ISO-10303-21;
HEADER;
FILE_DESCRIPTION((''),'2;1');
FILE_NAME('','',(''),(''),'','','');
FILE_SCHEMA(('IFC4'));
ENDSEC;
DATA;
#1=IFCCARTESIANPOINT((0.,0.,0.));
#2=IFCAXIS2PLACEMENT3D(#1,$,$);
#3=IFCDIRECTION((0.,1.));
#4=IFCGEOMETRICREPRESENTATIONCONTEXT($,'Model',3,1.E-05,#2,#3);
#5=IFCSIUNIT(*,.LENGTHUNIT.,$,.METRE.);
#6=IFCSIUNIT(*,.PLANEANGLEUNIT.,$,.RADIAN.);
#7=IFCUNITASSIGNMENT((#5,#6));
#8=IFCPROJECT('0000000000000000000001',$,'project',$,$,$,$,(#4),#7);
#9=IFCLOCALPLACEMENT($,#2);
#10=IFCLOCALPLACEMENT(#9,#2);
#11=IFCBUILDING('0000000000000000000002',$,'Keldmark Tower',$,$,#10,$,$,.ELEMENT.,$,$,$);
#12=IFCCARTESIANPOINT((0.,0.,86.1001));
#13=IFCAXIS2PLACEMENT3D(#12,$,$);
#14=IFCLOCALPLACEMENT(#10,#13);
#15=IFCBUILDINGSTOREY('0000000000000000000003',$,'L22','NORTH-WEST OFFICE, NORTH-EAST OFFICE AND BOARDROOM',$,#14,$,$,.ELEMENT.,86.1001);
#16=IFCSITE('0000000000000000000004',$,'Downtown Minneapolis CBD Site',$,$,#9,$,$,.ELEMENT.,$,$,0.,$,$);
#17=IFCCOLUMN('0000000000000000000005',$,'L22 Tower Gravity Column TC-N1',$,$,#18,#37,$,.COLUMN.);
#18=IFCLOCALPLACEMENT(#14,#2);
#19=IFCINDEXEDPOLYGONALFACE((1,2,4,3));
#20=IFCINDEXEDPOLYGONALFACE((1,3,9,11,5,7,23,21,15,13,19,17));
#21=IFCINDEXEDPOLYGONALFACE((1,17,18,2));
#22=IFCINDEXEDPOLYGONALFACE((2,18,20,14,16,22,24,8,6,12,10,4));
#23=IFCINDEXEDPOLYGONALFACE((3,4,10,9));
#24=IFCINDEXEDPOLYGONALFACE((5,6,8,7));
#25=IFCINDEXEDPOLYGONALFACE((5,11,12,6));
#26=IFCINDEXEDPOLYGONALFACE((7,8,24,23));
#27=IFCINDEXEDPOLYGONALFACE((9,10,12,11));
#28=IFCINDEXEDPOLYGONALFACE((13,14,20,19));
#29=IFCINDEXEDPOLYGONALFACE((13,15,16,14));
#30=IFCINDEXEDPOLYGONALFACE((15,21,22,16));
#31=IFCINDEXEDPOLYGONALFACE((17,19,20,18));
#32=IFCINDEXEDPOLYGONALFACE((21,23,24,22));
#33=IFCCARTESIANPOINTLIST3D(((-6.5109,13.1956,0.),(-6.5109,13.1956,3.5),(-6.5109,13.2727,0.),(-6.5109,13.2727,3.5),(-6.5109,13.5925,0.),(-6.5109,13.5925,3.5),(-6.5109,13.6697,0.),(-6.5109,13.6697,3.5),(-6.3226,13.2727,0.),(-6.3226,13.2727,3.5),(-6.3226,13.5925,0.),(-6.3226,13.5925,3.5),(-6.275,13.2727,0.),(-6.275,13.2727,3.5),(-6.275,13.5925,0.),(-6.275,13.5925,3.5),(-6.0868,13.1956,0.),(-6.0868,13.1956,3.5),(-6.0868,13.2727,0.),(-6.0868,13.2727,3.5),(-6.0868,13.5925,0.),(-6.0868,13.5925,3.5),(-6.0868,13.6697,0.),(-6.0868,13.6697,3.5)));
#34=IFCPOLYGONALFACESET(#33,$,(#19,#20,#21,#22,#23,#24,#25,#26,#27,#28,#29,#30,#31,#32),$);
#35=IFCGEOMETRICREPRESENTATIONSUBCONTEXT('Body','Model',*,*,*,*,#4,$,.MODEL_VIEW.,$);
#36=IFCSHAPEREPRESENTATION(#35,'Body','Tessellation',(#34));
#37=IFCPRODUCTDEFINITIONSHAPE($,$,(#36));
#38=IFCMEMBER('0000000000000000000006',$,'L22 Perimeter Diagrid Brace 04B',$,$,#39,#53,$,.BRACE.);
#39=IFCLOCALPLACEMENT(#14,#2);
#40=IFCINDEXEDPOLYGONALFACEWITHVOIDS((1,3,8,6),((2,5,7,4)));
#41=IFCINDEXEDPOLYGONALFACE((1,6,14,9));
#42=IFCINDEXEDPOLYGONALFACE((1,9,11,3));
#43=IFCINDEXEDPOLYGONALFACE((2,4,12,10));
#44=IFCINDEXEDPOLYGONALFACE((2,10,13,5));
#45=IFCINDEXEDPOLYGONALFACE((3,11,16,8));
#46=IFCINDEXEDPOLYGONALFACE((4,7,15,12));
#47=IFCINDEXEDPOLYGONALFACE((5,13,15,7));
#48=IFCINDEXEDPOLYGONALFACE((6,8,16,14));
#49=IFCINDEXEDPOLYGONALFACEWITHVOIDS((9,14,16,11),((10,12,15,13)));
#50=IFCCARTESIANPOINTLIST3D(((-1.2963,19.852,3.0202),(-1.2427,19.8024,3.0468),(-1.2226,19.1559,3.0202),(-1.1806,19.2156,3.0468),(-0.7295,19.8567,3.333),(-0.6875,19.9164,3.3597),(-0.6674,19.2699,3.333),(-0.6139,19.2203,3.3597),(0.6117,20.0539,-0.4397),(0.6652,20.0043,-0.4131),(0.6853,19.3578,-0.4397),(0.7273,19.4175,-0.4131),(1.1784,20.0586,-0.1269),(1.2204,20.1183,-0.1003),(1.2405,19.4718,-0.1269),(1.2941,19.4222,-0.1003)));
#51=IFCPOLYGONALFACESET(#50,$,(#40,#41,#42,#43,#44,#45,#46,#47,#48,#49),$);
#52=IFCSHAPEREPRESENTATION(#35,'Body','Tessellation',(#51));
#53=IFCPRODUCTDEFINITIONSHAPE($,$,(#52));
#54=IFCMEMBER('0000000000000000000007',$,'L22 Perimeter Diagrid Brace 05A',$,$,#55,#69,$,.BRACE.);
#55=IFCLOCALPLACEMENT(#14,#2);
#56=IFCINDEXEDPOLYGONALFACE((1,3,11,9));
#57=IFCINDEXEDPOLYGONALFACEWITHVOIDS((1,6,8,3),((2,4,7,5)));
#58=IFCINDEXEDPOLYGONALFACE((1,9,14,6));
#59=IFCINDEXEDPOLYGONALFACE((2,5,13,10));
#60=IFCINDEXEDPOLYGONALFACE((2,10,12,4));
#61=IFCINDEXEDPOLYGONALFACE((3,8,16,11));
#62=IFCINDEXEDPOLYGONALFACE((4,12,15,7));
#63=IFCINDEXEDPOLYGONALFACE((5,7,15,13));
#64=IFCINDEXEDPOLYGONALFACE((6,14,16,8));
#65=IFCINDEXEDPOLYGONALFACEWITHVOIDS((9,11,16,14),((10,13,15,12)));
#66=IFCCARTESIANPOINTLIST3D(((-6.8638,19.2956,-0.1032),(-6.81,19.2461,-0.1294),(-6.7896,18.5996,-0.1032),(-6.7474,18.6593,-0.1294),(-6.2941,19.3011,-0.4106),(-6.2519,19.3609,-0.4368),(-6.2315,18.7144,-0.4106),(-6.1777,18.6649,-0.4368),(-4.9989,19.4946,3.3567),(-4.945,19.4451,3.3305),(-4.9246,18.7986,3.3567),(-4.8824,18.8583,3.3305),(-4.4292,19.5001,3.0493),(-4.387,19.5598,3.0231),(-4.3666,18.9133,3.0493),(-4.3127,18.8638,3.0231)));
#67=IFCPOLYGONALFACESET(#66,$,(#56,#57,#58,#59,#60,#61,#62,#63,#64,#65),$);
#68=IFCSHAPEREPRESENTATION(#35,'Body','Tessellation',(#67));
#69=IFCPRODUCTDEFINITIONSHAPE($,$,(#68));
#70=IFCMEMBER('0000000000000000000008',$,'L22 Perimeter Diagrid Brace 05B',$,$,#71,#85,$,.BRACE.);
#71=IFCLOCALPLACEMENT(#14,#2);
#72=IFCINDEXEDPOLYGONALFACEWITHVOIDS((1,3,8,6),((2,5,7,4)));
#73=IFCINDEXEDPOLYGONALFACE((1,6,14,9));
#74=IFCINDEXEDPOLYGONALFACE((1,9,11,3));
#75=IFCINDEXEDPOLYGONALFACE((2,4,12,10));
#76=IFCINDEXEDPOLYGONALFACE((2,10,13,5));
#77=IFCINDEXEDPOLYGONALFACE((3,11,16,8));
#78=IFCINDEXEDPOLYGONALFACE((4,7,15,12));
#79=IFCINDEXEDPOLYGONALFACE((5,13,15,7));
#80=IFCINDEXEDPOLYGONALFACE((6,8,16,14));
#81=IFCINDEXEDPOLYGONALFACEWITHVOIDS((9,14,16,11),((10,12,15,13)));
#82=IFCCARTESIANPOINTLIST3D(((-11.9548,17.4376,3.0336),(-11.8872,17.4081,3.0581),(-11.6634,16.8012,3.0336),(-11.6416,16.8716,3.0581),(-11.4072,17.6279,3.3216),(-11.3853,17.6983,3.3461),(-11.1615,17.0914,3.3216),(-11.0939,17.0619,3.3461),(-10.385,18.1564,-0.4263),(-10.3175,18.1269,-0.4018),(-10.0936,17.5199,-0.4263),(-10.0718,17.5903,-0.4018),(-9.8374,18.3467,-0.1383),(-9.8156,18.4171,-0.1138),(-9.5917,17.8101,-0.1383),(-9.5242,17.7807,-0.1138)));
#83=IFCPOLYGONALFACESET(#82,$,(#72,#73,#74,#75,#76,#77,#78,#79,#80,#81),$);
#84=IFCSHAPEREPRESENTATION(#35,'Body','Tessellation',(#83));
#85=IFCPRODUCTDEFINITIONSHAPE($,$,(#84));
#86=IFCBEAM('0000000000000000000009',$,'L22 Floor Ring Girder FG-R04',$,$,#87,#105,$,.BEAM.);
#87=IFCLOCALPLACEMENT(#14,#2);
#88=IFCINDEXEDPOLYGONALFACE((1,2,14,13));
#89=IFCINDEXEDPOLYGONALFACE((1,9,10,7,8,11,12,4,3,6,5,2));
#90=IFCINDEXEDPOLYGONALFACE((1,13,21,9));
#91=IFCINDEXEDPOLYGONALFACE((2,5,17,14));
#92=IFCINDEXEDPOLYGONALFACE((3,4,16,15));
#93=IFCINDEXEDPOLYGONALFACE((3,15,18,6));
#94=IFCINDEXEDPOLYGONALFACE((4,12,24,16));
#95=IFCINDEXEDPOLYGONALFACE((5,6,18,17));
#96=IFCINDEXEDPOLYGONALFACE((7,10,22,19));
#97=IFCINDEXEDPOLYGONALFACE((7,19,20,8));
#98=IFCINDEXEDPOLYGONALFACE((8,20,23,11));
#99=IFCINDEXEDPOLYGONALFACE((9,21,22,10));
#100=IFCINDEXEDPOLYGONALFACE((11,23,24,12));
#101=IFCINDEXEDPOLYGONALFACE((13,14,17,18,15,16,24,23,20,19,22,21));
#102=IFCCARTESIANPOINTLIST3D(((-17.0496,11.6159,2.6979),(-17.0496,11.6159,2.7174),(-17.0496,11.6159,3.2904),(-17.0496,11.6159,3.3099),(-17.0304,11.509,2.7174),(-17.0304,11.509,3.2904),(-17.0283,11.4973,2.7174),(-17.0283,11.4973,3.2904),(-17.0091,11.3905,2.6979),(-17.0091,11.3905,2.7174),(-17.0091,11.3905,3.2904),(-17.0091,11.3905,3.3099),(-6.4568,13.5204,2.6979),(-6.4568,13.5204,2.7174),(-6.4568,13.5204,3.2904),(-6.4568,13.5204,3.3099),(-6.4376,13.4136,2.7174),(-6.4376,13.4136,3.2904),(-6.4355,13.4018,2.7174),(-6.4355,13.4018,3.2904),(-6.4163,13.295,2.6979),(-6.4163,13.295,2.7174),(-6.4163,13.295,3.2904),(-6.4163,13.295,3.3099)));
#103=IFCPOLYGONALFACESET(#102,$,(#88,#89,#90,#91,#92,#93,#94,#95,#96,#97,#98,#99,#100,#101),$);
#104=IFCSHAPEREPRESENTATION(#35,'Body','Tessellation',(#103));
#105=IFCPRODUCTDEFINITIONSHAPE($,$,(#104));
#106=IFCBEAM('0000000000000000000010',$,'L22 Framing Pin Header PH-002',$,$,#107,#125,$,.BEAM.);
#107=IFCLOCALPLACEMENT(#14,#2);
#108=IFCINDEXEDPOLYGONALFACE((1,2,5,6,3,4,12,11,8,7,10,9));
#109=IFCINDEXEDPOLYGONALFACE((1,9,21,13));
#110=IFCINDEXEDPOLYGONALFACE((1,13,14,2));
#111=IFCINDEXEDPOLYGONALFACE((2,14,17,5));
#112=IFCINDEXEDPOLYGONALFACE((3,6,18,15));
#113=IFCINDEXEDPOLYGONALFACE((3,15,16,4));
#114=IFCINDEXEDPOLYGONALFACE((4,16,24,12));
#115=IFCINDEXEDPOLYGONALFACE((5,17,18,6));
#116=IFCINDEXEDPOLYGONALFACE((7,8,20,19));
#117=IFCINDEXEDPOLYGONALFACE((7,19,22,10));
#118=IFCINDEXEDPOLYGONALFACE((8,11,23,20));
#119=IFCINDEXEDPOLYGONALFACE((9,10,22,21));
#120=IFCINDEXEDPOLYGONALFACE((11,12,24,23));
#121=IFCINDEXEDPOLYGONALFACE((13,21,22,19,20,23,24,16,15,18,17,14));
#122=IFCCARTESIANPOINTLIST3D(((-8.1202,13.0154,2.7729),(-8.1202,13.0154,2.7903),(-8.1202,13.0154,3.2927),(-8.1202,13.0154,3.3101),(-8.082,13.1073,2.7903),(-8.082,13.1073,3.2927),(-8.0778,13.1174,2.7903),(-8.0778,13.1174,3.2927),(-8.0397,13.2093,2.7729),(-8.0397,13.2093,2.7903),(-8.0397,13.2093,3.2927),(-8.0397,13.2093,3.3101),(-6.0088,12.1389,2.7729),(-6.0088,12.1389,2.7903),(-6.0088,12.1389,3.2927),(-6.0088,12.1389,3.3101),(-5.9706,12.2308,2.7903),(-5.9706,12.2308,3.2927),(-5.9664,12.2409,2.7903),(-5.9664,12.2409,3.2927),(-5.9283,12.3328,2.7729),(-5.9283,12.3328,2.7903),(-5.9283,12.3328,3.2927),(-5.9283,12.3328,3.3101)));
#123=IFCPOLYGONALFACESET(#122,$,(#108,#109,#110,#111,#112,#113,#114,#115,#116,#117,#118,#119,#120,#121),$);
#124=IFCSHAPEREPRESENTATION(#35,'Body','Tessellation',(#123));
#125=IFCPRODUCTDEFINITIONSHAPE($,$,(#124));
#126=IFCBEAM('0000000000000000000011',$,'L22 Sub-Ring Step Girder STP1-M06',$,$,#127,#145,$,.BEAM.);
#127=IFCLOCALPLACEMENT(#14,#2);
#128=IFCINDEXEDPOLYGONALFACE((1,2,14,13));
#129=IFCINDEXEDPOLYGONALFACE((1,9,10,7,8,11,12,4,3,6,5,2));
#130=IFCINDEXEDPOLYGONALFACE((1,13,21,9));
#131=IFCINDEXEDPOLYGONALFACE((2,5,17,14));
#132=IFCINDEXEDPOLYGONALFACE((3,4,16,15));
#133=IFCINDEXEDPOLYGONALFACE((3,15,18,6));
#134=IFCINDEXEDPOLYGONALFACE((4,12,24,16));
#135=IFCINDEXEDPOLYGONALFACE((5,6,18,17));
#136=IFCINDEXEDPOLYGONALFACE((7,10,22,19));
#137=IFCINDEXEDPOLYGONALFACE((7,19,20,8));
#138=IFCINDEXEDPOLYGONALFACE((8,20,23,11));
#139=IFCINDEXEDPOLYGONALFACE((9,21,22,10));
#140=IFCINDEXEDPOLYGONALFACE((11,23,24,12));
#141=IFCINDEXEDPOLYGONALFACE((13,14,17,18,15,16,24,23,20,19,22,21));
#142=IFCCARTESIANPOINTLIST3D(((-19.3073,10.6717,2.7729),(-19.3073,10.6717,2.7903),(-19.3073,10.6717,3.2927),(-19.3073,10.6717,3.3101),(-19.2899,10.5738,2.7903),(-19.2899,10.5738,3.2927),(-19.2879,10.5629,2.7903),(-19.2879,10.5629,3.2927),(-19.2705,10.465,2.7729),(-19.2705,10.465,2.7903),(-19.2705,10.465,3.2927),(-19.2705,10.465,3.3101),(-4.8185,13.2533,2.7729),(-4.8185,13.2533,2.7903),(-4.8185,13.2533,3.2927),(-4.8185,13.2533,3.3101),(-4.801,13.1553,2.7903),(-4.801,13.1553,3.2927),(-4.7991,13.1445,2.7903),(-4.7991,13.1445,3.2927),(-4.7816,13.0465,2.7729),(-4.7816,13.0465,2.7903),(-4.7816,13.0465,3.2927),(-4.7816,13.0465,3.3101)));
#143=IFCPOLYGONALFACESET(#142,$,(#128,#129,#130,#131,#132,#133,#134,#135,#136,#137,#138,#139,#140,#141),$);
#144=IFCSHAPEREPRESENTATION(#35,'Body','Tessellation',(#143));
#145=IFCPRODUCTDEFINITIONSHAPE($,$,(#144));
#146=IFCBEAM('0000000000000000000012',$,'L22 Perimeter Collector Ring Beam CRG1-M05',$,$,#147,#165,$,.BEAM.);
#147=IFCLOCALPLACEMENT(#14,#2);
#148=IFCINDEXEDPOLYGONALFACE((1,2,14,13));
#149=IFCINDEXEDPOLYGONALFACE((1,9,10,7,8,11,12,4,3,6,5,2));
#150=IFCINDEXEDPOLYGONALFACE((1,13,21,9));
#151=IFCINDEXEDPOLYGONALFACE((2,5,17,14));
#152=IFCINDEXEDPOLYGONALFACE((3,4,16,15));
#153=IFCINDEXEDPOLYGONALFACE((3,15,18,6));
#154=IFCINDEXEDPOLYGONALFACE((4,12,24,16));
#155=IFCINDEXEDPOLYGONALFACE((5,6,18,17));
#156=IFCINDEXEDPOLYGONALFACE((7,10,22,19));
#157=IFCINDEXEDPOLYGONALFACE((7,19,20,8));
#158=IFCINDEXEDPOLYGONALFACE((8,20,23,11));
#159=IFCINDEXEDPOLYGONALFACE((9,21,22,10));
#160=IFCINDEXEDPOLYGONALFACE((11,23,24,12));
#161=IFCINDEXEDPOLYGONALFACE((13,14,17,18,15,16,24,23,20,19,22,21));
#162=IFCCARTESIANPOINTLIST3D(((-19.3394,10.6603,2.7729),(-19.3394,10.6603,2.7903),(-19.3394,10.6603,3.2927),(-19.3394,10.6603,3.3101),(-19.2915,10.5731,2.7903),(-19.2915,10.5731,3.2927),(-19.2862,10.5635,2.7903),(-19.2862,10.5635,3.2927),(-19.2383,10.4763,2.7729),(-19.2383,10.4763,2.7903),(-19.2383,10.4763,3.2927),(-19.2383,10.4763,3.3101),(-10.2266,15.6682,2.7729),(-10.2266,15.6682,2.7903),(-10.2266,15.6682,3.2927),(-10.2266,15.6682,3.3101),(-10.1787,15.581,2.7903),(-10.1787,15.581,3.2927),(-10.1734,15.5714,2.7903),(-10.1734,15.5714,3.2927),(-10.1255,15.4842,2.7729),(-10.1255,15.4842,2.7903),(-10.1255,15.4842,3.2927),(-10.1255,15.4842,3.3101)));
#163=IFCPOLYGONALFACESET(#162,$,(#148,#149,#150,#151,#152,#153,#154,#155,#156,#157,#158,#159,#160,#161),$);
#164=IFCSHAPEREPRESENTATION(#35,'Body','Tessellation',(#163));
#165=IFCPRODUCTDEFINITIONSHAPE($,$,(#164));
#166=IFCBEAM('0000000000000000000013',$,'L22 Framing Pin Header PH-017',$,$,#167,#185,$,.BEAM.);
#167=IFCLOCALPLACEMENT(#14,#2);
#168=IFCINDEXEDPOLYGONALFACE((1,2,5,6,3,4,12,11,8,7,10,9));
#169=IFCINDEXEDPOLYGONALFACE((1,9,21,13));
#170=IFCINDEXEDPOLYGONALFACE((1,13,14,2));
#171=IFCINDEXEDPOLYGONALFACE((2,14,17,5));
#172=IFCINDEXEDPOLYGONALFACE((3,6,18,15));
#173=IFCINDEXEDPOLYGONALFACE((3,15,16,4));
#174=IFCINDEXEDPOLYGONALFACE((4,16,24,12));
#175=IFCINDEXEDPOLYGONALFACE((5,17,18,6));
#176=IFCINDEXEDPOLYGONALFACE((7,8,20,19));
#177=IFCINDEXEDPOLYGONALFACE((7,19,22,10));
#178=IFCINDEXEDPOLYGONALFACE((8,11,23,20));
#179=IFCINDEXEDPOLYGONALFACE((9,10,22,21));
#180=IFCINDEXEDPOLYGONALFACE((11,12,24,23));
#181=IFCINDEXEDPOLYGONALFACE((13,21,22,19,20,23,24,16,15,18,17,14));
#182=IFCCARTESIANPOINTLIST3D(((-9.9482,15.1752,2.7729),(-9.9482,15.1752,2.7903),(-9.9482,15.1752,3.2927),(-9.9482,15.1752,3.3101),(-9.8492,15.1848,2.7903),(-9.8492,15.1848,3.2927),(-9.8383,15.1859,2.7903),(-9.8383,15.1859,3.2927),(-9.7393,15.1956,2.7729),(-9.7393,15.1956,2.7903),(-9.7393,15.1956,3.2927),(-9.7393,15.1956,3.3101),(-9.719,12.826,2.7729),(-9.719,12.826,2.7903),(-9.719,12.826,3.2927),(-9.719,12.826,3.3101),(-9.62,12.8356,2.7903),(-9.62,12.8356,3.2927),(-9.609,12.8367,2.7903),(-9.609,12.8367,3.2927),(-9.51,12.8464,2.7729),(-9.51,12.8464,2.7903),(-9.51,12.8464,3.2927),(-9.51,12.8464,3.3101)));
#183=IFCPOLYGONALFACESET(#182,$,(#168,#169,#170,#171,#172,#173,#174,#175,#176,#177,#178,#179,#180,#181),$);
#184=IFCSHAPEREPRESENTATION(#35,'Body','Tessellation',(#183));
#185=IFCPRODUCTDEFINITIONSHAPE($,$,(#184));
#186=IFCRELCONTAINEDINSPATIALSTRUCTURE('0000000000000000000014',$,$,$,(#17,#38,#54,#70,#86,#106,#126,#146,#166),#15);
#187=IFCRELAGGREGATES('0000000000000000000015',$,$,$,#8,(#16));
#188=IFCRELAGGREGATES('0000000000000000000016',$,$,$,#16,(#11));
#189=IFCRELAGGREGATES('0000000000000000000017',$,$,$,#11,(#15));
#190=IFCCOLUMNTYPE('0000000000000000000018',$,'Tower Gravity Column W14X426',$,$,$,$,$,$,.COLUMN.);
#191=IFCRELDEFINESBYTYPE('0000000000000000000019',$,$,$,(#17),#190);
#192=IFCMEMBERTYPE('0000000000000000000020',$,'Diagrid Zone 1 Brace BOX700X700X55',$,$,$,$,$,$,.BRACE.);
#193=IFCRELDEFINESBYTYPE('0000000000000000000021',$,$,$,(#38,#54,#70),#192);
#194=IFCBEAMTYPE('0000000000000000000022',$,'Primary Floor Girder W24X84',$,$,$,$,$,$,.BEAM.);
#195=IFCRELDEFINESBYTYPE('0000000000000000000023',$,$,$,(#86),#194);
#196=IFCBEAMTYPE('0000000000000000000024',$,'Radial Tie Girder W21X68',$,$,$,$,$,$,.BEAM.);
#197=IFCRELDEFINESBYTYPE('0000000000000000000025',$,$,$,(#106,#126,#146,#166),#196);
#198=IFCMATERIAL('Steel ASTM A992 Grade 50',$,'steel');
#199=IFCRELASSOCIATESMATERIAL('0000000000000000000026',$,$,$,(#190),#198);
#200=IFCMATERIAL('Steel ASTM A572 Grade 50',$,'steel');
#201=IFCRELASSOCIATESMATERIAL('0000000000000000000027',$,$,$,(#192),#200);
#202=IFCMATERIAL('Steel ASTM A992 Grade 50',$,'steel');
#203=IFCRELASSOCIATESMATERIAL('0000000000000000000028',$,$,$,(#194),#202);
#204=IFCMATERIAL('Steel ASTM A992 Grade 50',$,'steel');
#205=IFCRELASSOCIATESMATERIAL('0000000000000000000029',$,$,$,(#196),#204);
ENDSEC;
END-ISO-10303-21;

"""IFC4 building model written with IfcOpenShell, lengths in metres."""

from ifc_helpers import new_model, si_unit, direction, frame, origin, origin_2d, place, context, subcontext, project, spatial, hollow_rectangle, i_section, extrude, material, material_profile, profile_set, type_object, element, save


model = new_model("IFC4")

# Units and contexts
model_context = context("Model", 3, precision=1e-05, world=origin(), true_north=direction((0.0, 1.0)))
body_context = subcontext(model_context, "Body", "Model", "MODEL_VIEW")
ifc_project = project(units=[si_unit("LENGTHUNIT", "METRE"), si_unit("PLANEANGLEUNIT", "RADIAN")], contexts=[model_context])

# Site, building, storey
site_placement = place(None, origin())
site = spatial("IfcSite", under=ifc_project, at=site_placement, Name="Downtown Minneapolis CBD Site", CompositionType="ELEMENT", RefElevation=0.0)
building_placement = place(site_placement, origin())
building = spatial("IfcBuilding", under=site, at=building_placement, Name="Keldmark Tower", CompositionType="ELEMENT")
storey_placement = place(building_placement, frame((0.0, 0.0, 86.1001)))
storey = spatial("IfcBuildingStorey", under=building, at=storey_placement, Name="L22", Description="NORTH-WEST OFFICE, NORTH-EAST OFFICE AND BOARDROOM", CompositionType="ELEMENT", Elevation=86.1001)

# Column
ifc_material_1 = material(Name="Steel ASTM A992 Grade 50", Category="steel")
ifc_material_profile_1 = material_profile(ifc_material_1, i_section(OverallWidth=0.4241, OverallDepth=0.4741, WebThickness=0.0476, FlangeThickness=0.0771, at=origin_2d()), Name="W14X426")
ifc_profile_set_1 = profile_set([ifc_material_profile_1], Name="Steel ASTM A992 Grade 50")
column_type = type_object("IfcColumnType", Name="Tower Gravity Column W14X426", PredefinedType="COLUMN", material=ifc_profile_set_1)
column_placement = place(storey_placement, frame((-6.2988, 13.4326, 0.0), z_axis=(0.0, 0.0, 1.0), x_axis=(1.0, 0.0, 0.0)))
element("IfcColumn", 1, at=column_placement, inside=storey, type_object=column_type, Name="L22 Tower Gravity Column TC-N1", PredefinedType="COLUMN", context=body_context, shape_type="SweptSolid", body=[
    extrude(i_section(OverallWidth=0.4241, OverallDepth=0.4741, WebThickness=0.0476, FlangeThickness=0.0771, at=origin_2d()), origin(), (0.0, 0.0, 1.0), 3.5),
])

# Members
ifc_material_2 = material(Name="Steel ASTM A572 Grade 50", Category="steel")
ifc_material_profile_2 = material_profile(ifc_material_2, hollow_rectangle(XDim=0.7, YDim=0.7, WallThickness=0.0549, at=origin_2d()), Name="BOX700X700X55")
ifc_profile_set_2 = profile_set([ifc_material_profile_2], Name="Steel ASTM A572 Grade 50")
member_type = type_object("IfcMemberType", Name="Diagrid Zone 1 Brace BOX700X700X55", PredefinedType="BRACE", material=ifc_profile_set_2)
member_1_placement = place(storey_placement, frame((0.9529, 19.738, -0.27), z_axis=(-0.482257, -0.051033, 0.874542), x_axis=(0.105235, -0.994447, 0.0)))
element("IfcMember", 2, at=member_1_placement, inside=storey, type_object=member_type, Name="L22 Perimeter Diagrid Brace 04B", PredefinedType="BRACE", context=body_context, shape_type="SweptSolid", body=[
    extrude(hollow_rectangle(XDim=0.7, YDim=0.7, WallThickness=0.0549, at=origin_2d()), origin(), (0.0, 0.0, 1.0), 3.9563),
])
member_2_placement = place(storey_placement, frame((-6.5208, 18.9802, -0.27), z_axis=(0.473875, 0.050557, 0.87914), x_axis=(-0.106087, 0.994357, 0.0)))
element("IfcMember", 3, at=member_2_placement, inside=storey, type_object=member_type, Name="L22 Perimeter Diagrid Brace 05A", PredefinedType="BRACE", context=body_context, shape_type="SweptSolid", body=[
    extrude(hollow_rectangle(XDim=0.7, YDim=0.7, WallThickness=0.0549, at=origin_2d()), origin(), (0.0, 0.0, 1.0), 3.9355),
])
member_3_placement = place(storey_placement, frame((-9.9546, 17.9685, -0.27), z_axis=(-0.405973, -0.185876, 0.894783), x_axis=(0.416294, -0.90923, 0.0)))
element("IfcMember", 4, at=member_3_placement, inside=storey, type_object=member_type, Name="L22 Perimeter Diagrid Brace 05B", PredefinedType="BRACE", context=body_context, shape_type="SweptSolid", body=[
    extrude(hollow_rectangle(XDim=0.7, YDim=0.7, WallThickness=0.0549, at=origin_2d()), origin(), (0.0, 0.0, 1.0), 3.8667),
])

# Beams
ifc_material_3 = material(Name="Steel ASTM A992 Grade 50", Category="steel")
ifc_material_profile_3 = material_profile(ifc_material_3, i_section(OverallWidth=0.229, OverallDepth=0.6121, WebThickness=0.012, FlangeThickness=0.0195, at=origin_2d()), Name="W24X84")
ifc_profile_set_3 = profile_set([ifc_material_profile_3], Name="Steel ASTM A992 Grade 50")
beam_type_1 = type_object("IfcBeamType", Name="Primary Floor Girder W24X84", PredefinedType="BEAM", material=ifc_profile_set_3)
beam_1_placement = place(storey_placement, frame((-6.4365, 13.4077, 3.0039), z_axis=(-0.984218, -0.176959, 0.0), x_axis=(0.176959, -0.984218, 0.0)))
element("IfcBeam", 5, at=beam_1_placement, inside=storey, type_object=beam_type_1, Name="L22 Floor Ring Girder FG-R04", PredefinedType="BEAM", context=body_context, shape_type="SweptSolid", body=[
    extrude(i_section(OverallWidth=0.229, OverallDepth=0.6121, WebThickness=0.012, FlangeThickness=0.0195, at=origin_2d()), origin(), (0.0, 0.0, 1.0), 10.7627),
])
ifc_material_4 = material(Name="Steel ASTM A992 Grade 50", Category="steel")
ifc_material_profile_4 = material_profile(ifc_material_4, i_section(OverallWidth=0.21, OverallDepth=0.5371, WebThickness=0.011, FlangeThickness=0.0173, at=origin_2d()), Name="W21X68")
ifc_profile_set_4 = profile_set([ifc_material_profile_4], Name="Steel ASTM A992 Grade 50")
beam_type_2 = type_object("IfcBeamType", Name="Radial Tie Girder W21X68", PredefinedType="BEAM", material=ifc_profile_set_4)
beam_2_placement = place(storey_placement, frame((-5.9685, 12.2358, 3.0415), z_axis=(-0.923582, 0.383402, 0.0), x_axis=(-0.383402, -0.923582, 0.0)))
element("IfcBeam", 6, at=beam_2_placement, inside=storey, type_object=beam_type_2, Name="L22 Framing Pin Header PH-002", PredefinedType="BEAM", context=body_context, shape_type="SweptSolid", body=[
    extrude(i_section(OverallWidth=0.21, OverallDepth=0.5371, WebThickness=0.011, FlangeThickness=0.0173, at=origin_2d()), origin(), (0.0, 0.0, 1.0), 2.2861),
])
beam_3_placement = place(storey_placement, frame((-4.8, 13.1499, 3.0415), z_axis=(-0.984495, -0.175413, 0.0), x_axis=(0.175413, -0.984495, 0.0)))
element("IfcBeam", 7, at=beam_3_placement, inside=storey, type_object=beam_type_2, Name="L22 Sub-Ring Step Girder STP1-M06", PredefinedType="BEAM", context=body_context, shape_type="SweptSolid", body=[
    extrude(i_section(OverallWidth=0.21, OverallDepth=0.5371, WebThickness=0.011, FlangeThickness=0.0173, at=origin_2d()), origin(), (0.0, 0.0, 1.0), 14.717),
])
beam_4_placement = place(storey_placement, frame((-10.176, 15.5762, 3.0415), z_axis=(-0.876387, -0.481607, 0.0), x_axis=(0.481607, -0.876387, 0.0)))
element("IfcBeam", 8, at=beam_4_placement, inside=storey, type_object=beam_type_2, Name="L22 Perimeter Collector Ring Beam CRG1-M05", PredefinedType="BEAM", context=body_context, shape_type="SweptSolid", body=[
    extrude(i_section(OverallWidth=0.21, OverallDepth=0.5371, WebThickness=0.011, FlangeThickness=0.0173, at=origin_2d()), origin(), (0.0, 0.0, 1.0), 10.3982),
])
beam_5_placement = place(storey_placement, frame((-9.6145, 12.8362, 3.0415), z_axis=(-0.097127, 0.995272, 0.0), x_axis=(-0.995272, -0.097127, 0.0)))
element("IfcBeam", 9, at=beam_5_placement, inside=storey, type_object=beam_type_2, Name="L22 Framing Pin Header PH-017", PredefinedType="BEAM", context=body_context, shape_type="SweptSolid", body=[
    extrude(i_section(OverallWidth=0.21, OverallDepth=0.5371, WebThickness=0.011, FlangeThickness=0.0173, at=origin_2d()), origin(), (0.0, 0.0, 1.0), 2.3604),
])

save(model, "model.ifc")
